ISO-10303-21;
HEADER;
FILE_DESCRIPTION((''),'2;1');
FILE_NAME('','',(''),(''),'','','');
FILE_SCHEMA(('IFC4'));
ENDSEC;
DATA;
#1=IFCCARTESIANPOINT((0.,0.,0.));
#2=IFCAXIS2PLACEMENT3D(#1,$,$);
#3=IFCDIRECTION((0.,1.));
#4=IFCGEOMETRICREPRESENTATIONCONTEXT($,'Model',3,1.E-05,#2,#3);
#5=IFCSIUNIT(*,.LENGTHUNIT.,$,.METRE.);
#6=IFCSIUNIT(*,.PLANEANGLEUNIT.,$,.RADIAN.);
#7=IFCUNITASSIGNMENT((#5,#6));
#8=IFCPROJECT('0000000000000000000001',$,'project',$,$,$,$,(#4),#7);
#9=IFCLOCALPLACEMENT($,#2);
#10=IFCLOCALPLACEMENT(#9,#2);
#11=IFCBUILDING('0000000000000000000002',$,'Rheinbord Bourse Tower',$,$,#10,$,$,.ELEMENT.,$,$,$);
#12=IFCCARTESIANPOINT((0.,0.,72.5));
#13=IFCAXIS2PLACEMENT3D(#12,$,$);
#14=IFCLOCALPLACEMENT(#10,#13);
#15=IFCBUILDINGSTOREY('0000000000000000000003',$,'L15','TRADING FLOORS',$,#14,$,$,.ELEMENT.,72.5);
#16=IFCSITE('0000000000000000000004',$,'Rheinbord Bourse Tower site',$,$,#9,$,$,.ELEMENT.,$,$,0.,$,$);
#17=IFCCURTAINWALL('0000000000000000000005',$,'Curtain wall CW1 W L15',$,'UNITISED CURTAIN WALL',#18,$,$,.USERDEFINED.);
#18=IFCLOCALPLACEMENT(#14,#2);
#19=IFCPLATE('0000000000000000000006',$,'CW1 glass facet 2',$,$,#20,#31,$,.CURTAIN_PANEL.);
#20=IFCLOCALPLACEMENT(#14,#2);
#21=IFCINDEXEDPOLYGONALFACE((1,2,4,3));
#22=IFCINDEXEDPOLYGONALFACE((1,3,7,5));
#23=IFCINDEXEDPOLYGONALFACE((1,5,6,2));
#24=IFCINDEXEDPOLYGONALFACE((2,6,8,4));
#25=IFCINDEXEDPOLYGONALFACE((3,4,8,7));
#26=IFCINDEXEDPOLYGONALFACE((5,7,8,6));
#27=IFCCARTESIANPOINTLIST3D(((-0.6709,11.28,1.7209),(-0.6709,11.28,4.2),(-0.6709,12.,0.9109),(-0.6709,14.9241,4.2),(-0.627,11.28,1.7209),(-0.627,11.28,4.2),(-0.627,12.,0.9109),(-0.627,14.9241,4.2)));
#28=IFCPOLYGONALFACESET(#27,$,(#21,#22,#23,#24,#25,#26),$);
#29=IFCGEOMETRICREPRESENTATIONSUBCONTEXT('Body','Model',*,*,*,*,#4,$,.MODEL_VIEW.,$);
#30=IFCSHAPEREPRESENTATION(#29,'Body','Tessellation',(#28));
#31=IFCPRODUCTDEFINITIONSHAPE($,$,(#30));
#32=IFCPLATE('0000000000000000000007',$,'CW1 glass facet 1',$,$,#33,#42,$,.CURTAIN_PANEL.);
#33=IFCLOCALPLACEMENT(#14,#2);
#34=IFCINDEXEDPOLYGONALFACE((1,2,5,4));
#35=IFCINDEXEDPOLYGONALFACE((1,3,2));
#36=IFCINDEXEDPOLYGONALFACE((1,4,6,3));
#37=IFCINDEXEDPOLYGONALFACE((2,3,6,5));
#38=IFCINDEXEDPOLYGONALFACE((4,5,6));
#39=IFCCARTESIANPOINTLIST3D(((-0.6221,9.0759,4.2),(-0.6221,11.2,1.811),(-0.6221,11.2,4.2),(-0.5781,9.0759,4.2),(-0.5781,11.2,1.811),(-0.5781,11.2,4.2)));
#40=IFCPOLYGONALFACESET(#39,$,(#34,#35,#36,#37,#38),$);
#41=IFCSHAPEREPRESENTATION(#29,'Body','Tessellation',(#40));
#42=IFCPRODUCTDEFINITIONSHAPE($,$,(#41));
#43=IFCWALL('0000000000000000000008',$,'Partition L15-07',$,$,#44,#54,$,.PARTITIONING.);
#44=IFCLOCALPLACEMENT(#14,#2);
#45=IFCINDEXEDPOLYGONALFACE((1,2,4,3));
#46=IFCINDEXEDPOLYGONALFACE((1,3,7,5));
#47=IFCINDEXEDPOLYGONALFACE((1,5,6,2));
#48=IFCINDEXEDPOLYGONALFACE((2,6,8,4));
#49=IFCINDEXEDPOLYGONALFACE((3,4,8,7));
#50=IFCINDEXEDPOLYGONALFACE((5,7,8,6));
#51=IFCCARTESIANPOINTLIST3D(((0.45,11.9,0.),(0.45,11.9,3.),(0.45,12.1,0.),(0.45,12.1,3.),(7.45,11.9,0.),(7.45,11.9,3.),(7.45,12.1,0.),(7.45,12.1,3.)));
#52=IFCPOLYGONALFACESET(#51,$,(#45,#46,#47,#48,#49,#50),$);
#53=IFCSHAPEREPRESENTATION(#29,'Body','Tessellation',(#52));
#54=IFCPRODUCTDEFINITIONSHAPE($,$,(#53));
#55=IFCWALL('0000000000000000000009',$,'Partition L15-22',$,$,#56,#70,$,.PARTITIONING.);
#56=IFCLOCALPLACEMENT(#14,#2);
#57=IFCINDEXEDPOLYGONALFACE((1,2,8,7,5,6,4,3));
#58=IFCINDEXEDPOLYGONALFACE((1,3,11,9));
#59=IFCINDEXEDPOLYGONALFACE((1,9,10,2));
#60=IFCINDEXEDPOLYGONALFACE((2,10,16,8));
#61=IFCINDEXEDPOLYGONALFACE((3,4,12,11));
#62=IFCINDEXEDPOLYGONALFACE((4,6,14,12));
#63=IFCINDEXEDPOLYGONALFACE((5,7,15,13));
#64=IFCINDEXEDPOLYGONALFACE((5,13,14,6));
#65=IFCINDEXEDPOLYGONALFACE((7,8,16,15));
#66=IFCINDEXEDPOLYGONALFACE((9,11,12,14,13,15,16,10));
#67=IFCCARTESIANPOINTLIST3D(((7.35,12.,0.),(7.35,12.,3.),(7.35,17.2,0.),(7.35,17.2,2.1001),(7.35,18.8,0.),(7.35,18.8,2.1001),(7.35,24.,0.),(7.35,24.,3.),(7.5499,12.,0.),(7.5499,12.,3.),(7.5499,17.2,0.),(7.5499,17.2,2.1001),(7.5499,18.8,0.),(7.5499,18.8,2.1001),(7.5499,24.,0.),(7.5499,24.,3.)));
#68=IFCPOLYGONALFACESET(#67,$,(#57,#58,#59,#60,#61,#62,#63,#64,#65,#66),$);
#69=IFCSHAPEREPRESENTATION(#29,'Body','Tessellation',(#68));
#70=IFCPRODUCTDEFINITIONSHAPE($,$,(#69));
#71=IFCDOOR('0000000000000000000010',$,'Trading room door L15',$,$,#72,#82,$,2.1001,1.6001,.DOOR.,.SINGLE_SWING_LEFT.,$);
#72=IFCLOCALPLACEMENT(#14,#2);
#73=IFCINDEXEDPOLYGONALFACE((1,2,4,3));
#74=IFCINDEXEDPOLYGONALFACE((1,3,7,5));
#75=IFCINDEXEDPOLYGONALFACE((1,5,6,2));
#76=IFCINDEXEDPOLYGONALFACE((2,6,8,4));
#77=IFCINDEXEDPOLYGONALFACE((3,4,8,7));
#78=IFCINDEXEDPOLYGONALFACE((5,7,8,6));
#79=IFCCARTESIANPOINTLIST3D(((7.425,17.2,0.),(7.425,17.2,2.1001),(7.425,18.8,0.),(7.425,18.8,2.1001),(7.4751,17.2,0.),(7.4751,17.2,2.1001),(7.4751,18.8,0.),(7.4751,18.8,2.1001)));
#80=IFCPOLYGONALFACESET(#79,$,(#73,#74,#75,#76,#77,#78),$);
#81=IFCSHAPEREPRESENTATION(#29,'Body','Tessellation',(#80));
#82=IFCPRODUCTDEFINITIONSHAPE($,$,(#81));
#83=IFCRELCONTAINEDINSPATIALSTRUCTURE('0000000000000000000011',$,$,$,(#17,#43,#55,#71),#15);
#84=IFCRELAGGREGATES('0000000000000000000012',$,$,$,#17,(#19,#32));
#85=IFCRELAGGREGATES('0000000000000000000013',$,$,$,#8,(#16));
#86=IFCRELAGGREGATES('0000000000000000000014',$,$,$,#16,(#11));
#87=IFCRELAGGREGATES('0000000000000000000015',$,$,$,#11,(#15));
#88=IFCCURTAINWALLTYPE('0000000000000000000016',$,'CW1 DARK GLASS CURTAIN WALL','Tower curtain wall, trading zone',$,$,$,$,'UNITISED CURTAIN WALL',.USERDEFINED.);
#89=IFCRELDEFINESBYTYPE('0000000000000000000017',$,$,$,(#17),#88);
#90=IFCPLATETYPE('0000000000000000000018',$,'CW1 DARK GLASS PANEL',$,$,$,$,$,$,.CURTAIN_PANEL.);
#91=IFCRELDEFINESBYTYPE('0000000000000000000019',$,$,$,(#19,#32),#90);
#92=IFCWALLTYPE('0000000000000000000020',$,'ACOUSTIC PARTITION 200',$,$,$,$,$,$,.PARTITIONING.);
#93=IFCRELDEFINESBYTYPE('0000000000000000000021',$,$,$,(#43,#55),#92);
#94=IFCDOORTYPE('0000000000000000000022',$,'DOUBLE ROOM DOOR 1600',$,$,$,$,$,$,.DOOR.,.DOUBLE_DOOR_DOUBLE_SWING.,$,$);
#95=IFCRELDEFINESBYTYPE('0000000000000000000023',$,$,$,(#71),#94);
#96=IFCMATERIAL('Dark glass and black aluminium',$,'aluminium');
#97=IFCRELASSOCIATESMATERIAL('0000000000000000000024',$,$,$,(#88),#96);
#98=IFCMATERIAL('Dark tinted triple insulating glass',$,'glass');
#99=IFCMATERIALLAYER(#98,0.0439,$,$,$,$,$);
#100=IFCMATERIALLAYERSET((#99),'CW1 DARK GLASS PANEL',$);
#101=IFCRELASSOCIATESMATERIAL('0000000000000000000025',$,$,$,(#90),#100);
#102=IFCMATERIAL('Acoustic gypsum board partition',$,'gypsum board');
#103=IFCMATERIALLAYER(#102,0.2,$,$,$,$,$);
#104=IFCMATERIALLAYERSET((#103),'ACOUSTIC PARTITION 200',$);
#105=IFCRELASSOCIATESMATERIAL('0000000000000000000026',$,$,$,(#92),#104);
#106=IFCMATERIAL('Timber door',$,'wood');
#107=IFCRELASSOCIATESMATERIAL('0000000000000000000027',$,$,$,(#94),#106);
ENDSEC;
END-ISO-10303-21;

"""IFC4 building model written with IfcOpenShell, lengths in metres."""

from ifc_helpers import new_model, si_unit, direction, frame, frame_2d, origin, place, context, subcontext, project, spatial, polyline, rectangle, outline, extrude, material, layer, layer_set, type_object, element, fill, aggregate, save


model = new_model("IFC4")

# Units and contexts
model_context = context("Model", 3, precision=1e-05, world=origin(), true_north=direction((0.0, 1.0)))
body_context = subcontext(model_context, "Body", "Model", "MODEL_VIEW")
ifc_project = project(units=[si_unit("LENGTHUNIT", "METRE"), si_unit("PLANEANGLEUNIT", "RADIAN")], contexts=[model_context])

# Site, building, storey
site_placement = place(None, origin())
site = spatial("IfcSite", under=ifc_project, at=site_placement, Name="Rheinbord Bourse Tower site", CompositionType="ELEMENT", RefElevation=0.0)
building_placement = place(site_placement, origin())
building = spatial("IfcBuilding", under=site, at=building_placement, Name="Rheinbord Bourse Tower", CompositionType="ELEMENT")
storey_placement = place(building_placement, frame((0.0, 0.0, 72.5)))
storey = spatial("IfcBuildingStorey", under=building, at=storey_placement, Name="L15", Description="TRADING FLOORS", CompositionType="ELEMENT", Elevation=72.5)

# Curtain wall
ifc_material_1 = material(Name="Dark glass and black aluminium", Category="aluminium")
curtain_wall_type = type_object("IfcCurtainWallType", Name="CW1 DARK GLASS CURTAIN WALL", Description="Tower curtain wall, trading zone", ElementType="UNITISED CURTAIN WALL", PredefinedType="USERDEFINED", material=ifc_material_1)
curtain_wall_placement = place(storey_placement, origin())
curtain_wall = element("IfcCurtainWall", 1, at=curtain_wall_placement, inside=storey, type_object=curtain_wall_type, Name="Curtain wall CW1 W L15", ObjectType="UNITISED CURTAIN WALL", PredefinedType="USERDEFINED")

# Plates
ifc_material_2 = material(Name="Dark tinted triple insulating glass", Category="glass")
ifc_layer_1 = layer(ifc_material_2, 0.0439)
ifc_layer_set_1 = layer_set([ifc_layer_1], Name="CW1 DARK GLASS PANEL")
plate_type = type_object("IfcPlateType", Name="CW1 DARK GLASS PANEL", PredefinedType="CURTAIN_PANEL", material=ifc_layer_set_1)
plate_1_placement = place(storey_placement, frame((-0.6709, 11.28, 4.2), z_axis=(1.0, 0.0, 0.0), x_axis=(0.0, 0.0, -1.0)))
plate_1 = element("IfcPlate", 2, at=plate_1_placement, type_object=plate_type, Name="CW1 glass facet 2", PredefinedType="CURTAIN_PANEL", context=body_context, shape_type="SweptSolid", body=[
    extrude(outline(polyline([(0.0, 0.0), (2.479, 0.0), (3.2891, 0.72), (0.0, 3.644), (0.0, 0.0)])), origin(), (0.0, 0.0, 1.0), 0.0439),
])
plate_2_placement = place(storey_placement, frame((-0.6221, 11.2, 4.2), z_axis=(1.0, 0.0, 0.0), x_axis=(0.0, -1.0, 0.0)))
plate_2 = element("IfcPlate", 3, at=plate_2_placement, type_object=plate_type, Name="CW1 glass facet 1", PredefinedType="CURTAIN_PANEL", context=body_context, shape_type="SweptSolid", body=[
    extrude(outline(polyline([(0.0, 0.0), (2.124, 0.0), (0.0, 2.3889), (0.0, 0.0)])), origin(), (0.0, 0.0, 1.0), 0.0439),
])
aggregate(curtain_wall, [plate_1, plate_2])

# Wall
ifc_material_3 = material(Name="Acoustic gypsum board partition", Category="gypsum board")
ifc_layer_2 = layer(ifc_material_3, 0.2)
ifc_layer_set_2 = layer_set([ifc_layer_2], Name="ACOUSTIC PARTITION 200")
wall_type = type_object("IfcWallType", Name="ACOUSTIC PARTITION 200", PredefinedType="PARTITIONING", material=ifc_layer_set_2)
wall_1_placement = place(storey_placement, frame((0.45, 12.0, 0.0), z_axis=(0.0, 0.0, 1.0), x_axis=(1.0, 0.0, 0.0)))
element("IfcWall", 4, at=wall_1_placement, inside=storey, type_object=wall_type, Name="Partition L15-07", PredefinedType="PARTITIONING", context=body_context, shape_type="SweptSolid", body=[
    extrude(rectangle(XDim=7.0, YDim=0.2, at=frame_2d((3.5, 0.0))), origin(), (0.0, 0.0, 1.0), 3.0),
])

# Wall, opening, door
wall_2_placement = place(storey_placement, frame((7.45, 12.0, 0.0), z_axis=(0.0, 0.0, 1.0), x_axis=(0.0, 1.0, 0.0)))
wall_2 = element("IfcWall", 5, at=wall_2_placement, inside=storey, type_object=wall_type, Name="Partition L15-22", PredefinedType="PARTITIONING", context=body_context, shape_type="SweptSolid", body=[
    extrude(rectangle(XDim=12.0, YDim=0.2, at=frame_2d((6.0, 0.0))), origin(), (0.0, 0.0, 1.0), 3.0),
])
opening_placement = place(wall_2_placement, frame((5.2, 0.0, 0.0)))
opening = element("IfcOpeningElement", 6, at=opening_placement, cuts=wall_2, PredefinedType="OPENING", context=body_context, shape_type="SweptSolid", body=[
    extrude(rectangle(XDim=1.6001, YDim=2.1001, at=frame_2d((0.8, 1.05))), frame((0.0, 0.1099, 0.0), z_axis=(0.0, -1.0, 0.0), x_axis=(1.0, 0.0, 0.0)), (0.0, 0.0, 1.0), 0.22),
])
ifc_material_4 = material(Name="Timber door", Category="wood")
door_type = type_object("IfcDoorType", Name="DOUBLE ROOM DOOR 1600", OperationType="DOUBLE_DOOR_DOUBLE_SWING", PredefinedType="DOOR", material=ifc_material_4)
door_placement = place(opening_placement, origin())
door = element("IfcDoor", 7, at=door_placement, inside=storey, type_object=door_type, Name="Trading room door L15", OperationType="SINGLE_SWING_LEFT", OverallHeight=2.1001, OverallWidth=1.6001, PredefinedType="DOOR", context=body_context, shape_type="SweptSolid", body=[
    extrude(rectangle(XDim=1.6001, YDim=2.1001, at=frame_2d((0.8, 1.05))), frame((0.0, 0.0249, 0.0), z_axis=(0.0, -1.0, 0.0), x_axis=(1.0, 0.0, 0.0)), (0.0, 0.0, 1.0), 0.05),
])
fill(opening, door)

save(model, "model.ifc")
